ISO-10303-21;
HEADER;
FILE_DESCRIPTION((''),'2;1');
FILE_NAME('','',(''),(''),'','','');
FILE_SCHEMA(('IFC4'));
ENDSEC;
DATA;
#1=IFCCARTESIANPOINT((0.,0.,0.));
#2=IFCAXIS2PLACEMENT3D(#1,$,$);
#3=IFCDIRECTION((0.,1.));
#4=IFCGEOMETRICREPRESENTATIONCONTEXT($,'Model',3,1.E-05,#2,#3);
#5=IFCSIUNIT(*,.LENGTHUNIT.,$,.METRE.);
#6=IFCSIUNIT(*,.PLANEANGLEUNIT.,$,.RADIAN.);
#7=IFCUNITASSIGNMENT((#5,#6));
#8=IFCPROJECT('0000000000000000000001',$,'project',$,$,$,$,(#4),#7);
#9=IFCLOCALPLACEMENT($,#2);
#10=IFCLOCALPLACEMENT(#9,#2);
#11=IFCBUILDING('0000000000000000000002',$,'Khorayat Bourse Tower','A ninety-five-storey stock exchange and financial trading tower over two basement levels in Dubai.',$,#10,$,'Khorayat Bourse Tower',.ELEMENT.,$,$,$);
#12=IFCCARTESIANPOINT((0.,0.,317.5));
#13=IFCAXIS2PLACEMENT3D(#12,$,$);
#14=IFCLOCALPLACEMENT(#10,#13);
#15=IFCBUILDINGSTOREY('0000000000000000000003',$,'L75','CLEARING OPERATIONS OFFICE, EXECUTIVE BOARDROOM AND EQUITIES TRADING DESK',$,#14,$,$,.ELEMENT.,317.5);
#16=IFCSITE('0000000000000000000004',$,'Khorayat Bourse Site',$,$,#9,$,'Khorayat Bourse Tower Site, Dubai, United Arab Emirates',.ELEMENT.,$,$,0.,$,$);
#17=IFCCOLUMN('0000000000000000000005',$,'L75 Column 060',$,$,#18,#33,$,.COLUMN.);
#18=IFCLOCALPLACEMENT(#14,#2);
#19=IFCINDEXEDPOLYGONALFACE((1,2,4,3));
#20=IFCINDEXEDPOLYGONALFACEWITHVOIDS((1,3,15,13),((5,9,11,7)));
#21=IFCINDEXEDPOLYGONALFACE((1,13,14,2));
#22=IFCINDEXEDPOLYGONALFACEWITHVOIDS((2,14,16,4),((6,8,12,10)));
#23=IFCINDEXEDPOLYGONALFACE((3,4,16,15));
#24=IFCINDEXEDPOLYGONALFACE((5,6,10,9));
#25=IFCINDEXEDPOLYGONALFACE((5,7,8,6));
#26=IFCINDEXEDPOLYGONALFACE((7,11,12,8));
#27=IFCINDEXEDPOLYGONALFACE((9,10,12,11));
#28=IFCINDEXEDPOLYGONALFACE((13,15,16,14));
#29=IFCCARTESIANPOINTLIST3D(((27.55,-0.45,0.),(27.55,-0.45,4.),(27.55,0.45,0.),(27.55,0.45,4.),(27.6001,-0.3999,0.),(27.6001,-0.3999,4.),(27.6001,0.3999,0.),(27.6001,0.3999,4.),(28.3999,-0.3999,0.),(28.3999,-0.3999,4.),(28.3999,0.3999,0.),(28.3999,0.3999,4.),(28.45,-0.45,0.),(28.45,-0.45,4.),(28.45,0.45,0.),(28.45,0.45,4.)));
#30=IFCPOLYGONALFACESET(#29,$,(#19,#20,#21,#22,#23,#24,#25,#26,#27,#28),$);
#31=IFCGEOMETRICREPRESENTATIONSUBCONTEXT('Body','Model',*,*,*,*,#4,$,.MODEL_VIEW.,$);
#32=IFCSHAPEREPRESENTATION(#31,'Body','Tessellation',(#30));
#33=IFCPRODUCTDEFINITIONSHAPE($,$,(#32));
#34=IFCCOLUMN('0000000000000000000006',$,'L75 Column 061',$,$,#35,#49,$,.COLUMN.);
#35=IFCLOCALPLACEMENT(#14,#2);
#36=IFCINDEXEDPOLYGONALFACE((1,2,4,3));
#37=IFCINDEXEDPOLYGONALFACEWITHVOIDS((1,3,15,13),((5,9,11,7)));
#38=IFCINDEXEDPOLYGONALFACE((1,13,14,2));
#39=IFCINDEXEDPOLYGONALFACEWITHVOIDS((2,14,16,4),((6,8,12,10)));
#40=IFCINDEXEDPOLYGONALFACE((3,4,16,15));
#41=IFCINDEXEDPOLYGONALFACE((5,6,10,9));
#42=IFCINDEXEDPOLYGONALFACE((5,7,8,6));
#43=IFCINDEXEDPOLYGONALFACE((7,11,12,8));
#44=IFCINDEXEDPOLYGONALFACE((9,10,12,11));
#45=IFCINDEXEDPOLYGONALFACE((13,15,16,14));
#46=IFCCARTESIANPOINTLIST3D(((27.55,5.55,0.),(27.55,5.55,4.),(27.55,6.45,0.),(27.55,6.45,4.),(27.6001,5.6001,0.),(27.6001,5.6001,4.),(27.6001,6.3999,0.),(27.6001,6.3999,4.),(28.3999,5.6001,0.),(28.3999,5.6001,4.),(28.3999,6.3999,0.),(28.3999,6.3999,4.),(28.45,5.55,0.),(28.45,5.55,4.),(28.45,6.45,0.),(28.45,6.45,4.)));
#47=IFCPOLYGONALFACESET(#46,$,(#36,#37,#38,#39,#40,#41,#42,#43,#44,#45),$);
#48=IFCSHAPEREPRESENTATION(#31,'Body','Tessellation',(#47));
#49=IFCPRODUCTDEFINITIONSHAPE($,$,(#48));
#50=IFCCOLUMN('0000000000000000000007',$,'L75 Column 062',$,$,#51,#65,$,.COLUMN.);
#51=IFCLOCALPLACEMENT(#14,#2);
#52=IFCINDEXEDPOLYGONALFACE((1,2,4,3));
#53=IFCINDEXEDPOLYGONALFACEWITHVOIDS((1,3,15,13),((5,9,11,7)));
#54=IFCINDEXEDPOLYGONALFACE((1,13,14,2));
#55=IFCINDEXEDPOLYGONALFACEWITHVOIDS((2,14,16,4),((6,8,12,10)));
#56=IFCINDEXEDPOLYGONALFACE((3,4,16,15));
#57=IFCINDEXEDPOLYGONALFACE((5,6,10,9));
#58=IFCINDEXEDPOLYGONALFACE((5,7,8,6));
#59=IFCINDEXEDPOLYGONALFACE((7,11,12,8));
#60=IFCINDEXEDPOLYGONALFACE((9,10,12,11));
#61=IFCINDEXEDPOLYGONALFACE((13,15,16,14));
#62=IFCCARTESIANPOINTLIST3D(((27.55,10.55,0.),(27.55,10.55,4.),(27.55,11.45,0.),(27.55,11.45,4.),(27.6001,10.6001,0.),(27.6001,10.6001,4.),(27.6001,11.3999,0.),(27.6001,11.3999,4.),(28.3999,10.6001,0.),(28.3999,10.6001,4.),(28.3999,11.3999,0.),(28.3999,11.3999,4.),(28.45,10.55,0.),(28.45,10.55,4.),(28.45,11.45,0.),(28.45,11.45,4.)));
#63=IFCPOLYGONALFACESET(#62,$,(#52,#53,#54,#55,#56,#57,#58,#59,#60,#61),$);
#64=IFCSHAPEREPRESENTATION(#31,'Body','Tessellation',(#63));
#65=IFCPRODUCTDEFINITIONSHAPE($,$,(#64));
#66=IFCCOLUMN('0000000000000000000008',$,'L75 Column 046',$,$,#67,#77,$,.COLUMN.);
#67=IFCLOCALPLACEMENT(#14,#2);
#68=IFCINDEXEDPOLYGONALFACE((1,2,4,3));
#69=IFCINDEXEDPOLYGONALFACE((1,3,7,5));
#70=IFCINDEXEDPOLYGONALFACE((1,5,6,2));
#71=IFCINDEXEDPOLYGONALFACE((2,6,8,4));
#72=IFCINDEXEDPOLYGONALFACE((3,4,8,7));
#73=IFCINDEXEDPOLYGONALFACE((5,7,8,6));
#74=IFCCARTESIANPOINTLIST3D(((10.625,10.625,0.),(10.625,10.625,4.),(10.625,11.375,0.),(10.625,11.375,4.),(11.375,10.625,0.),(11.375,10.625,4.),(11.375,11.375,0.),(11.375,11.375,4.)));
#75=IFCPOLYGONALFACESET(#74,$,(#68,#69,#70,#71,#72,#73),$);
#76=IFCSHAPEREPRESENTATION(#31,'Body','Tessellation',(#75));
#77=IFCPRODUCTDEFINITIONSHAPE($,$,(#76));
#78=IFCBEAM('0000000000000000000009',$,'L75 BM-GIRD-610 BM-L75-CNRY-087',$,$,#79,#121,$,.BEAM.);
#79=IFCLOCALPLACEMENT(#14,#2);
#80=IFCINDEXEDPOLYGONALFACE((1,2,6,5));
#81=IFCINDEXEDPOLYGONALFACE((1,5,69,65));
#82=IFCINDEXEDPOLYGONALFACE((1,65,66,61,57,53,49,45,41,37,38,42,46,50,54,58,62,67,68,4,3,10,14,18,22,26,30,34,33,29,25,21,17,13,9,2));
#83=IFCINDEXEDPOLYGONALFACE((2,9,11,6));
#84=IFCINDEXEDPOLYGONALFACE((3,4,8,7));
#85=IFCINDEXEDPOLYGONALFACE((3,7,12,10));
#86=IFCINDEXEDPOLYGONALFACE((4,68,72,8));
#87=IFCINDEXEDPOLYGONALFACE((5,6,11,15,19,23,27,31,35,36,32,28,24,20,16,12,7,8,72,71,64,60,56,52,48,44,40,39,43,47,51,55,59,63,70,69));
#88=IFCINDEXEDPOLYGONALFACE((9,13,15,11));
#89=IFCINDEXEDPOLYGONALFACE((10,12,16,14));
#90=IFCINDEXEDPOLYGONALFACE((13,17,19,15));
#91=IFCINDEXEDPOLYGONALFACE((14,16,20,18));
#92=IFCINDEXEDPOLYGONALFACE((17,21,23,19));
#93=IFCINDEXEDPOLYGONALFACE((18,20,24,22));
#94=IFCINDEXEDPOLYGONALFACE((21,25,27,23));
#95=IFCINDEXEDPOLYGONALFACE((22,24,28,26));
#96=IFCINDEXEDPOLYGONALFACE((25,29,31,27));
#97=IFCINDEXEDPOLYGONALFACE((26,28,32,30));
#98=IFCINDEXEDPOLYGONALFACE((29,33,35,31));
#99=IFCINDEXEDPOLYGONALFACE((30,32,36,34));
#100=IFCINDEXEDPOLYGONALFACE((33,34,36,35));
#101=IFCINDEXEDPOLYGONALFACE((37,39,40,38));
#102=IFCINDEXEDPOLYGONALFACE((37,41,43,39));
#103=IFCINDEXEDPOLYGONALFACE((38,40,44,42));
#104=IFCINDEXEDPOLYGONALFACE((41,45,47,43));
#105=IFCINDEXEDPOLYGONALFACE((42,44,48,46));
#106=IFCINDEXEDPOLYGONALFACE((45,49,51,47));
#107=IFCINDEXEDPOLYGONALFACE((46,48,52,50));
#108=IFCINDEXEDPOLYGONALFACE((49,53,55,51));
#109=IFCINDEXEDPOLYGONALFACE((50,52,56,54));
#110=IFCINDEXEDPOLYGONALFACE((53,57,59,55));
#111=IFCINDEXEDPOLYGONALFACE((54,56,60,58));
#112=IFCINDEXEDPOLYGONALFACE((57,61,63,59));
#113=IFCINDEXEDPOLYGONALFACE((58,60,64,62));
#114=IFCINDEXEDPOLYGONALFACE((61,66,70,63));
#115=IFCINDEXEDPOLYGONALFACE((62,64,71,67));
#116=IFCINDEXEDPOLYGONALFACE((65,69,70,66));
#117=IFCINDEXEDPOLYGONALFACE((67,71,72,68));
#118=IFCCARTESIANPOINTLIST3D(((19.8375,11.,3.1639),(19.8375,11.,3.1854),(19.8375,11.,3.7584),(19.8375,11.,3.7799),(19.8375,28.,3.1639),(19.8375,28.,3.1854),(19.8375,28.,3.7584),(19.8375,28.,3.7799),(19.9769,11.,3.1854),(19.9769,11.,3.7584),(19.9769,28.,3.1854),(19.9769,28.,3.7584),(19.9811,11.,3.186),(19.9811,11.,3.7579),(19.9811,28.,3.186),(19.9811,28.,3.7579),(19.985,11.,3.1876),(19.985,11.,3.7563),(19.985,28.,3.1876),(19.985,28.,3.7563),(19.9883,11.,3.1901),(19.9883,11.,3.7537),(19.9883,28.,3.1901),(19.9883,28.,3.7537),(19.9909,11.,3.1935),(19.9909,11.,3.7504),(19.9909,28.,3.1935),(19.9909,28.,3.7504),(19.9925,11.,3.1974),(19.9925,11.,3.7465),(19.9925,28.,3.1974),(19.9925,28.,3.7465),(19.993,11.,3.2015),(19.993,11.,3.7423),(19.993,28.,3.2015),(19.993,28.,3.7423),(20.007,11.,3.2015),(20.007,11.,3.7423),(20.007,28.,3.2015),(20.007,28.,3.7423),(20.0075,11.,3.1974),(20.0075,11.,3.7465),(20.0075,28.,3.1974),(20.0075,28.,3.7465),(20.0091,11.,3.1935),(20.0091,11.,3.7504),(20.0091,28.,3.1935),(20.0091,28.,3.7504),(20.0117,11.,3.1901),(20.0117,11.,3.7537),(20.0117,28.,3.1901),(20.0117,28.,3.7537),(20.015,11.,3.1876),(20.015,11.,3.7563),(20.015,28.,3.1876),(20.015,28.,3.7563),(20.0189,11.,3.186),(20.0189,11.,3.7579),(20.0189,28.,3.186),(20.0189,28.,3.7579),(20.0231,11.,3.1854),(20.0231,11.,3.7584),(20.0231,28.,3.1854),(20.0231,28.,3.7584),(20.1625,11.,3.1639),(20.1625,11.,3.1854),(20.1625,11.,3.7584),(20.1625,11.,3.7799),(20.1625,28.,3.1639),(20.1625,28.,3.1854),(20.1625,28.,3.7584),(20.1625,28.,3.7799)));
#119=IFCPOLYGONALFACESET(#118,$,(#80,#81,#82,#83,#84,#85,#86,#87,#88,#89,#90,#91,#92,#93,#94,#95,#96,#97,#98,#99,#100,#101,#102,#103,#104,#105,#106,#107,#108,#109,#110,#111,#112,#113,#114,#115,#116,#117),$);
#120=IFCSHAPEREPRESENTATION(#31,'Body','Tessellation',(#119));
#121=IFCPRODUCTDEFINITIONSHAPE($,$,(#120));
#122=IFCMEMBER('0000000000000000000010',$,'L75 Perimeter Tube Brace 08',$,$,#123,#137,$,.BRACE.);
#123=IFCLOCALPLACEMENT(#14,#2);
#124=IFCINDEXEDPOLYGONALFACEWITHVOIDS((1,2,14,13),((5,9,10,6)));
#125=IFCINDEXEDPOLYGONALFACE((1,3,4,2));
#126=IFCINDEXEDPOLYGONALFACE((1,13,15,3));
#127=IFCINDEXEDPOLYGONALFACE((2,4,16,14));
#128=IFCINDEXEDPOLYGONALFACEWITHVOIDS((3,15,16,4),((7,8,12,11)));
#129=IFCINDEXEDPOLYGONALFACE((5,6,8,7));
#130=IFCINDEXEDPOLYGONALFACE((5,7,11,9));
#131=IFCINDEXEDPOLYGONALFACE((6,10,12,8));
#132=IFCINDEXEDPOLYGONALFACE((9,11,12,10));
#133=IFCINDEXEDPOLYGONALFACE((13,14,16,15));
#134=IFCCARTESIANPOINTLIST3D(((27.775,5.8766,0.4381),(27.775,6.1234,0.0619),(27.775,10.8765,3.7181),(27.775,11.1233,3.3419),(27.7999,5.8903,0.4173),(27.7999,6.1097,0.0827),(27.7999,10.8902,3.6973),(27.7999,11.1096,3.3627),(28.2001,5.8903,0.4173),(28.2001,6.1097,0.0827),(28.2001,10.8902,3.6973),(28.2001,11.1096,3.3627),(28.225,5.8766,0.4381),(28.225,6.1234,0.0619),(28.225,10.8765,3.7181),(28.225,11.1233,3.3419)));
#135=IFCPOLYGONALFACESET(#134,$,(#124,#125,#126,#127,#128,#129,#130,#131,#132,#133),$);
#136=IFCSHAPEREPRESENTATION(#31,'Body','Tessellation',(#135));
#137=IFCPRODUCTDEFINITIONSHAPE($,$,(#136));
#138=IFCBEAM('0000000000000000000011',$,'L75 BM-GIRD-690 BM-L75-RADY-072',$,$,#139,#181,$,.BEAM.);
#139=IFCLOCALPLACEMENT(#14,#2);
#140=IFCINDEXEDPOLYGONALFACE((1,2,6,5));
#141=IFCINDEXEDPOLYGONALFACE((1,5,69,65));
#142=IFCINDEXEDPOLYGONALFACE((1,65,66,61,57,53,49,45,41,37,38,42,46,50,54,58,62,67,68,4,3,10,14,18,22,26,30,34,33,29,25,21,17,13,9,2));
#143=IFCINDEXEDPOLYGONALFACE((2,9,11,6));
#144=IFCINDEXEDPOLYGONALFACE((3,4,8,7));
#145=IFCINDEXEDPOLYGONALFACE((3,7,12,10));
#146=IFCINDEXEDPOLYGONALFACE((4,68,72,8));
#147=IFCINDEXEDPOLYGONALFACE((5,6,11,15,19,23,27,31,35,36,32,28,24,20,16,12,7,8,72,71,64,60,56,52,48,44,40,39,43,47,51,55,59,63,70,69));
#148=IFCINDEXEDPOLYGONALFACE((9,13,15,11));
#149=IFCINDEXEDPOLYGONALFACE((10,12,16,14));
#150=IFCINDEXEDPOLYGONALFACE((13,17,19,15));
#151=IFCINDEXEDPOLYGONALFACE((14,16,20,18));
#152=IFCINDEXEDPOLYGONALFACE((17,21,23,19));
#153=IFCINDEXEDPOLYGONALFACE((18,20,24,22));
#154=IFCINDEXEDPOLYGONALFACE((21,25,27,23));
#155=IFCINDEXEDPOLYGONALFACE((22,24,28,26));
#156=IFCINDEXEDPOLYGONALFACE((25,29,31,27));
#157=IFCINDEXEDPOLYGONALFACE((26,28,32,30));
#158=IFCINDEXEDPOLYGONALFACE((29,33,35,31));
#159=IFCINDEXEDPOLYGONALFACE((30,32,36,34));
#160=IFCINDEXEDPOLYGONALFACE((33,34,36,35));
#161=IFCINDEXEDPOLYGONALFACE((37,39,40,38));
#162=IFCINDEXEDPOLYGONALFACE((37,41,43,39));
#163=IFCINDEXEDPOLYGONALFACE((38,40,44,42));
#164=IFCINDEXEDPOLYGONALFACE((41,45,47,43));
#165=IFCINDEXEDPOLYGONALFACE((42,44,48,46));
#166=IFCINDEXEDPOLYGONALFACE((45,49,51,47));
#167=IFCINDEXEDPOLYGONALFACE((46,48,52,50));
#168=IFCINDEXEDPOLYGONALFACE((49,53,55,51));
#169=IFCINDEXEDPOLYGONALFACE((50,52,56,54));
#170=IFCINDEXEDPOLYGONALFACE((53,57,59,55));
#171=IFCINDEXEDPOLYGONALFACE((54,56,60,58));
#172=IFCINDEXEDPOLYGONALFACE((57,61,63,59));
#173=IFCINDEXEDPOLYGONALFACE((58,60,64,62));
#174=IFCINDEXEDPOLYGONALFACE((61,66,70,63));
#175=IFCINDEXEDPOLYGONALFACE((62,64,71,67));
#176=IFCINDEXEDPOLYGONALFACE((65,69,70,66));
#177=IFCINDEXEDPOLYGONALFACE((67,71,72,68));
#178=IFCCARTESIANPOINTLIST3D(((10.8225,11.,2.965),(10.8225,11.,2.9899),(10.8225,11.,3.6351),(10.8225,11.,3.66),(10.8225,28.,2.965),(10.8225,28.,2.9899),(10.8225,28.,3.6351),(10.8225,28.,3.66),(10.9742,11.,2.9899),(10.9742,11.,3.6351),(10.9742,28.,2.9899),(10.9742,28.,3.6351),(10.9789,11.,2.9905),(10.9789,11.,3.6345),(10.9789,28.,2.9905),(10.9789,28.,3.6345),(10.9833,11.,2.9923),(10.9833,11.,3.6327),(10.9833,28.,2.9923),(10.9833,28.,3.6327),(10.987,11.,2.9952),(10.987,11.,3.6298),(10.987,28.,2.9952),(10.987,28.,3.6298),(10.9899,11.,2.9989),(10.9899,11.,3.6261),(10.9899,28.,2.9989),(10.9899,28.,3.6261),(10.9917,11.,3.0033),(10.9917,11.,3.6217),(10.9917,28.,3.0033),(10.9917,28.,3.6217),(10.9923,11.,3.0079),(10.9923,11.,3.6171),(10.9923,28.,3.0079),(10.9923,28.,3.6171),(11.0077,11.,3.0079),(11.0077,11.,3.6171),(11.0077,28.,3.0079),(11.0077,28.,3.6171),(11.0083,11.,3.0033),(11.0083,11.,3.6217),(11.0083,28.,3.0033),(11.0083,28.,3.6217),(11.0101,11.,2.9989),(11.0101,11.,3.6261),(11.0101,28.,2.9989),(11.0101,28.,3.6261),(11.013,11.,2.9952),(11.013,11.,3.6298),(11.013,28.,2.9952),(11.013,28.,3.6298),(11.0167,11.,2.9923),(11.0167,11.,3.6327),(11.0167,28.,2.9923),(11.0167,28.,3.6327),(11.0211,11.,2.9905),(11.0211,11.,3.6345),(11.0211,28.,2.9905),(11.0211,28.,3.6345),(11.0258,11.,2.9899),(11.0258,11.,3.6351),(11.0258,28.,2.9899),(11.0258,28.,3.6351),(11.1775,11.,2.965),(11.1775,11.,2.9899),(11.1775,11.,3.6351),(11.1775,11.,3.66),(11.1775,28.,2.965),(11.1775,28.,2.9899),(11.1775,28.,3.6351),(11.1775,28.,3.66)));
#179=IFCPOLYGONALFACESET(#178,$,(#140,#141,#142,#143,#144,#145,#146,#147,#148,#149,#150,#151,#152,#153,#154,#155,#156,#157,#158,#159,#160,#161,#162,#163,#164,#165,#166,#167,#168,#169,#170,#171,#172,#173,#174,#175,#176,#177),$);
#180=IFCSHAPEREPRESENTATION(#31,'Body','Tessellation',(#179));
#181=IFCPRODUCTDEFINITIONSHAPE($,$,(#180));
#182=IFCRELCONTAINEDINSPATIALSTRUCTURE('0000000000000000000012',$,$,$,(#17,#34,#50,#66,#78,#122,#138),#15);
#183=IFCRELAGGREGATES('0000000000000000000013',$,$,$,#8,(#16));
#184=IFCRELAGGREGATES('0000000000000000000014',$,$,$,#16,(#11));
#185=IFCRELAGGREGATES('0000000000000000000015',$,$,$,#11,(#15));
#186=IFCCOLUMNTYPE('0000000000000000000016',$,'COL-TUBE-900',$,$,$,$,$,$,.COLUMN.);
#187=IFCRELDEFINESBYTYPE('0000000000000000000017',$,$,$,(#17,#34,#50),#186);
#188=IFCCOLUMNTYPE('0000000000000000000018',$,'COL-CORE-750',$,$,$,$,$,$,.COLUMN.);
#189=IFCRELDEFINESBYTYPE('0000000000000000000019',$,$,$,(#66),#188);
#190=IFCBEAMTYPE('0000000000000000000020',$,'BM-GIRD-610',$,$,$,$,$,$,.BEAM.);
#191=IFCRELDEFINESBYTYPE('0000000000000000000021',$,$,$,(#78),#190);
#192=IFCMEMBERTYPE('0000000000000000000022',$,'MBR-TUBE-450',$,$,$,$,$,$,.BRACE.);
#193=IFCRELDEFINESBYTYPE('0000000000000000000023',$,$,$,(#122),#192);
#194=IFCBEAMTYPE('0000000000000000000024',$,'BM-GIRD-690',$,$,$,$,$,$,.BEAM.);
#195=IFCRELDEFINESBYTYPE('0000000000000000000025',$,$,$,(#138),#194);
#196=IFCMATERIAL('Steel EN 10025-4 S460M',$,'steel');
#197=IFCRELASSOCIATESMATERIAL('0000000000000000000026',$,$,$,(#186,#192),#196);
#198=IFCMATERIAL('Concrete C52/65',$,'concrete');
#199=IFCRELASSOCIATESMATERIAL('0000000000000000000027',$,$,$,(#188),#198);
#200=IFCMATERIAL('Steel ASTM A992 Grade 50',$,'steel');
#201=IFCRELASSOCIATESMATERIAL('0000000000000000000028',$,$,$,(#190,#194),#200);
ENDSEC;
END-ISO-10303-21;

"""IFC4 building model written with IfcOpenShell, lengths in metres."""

from ifc_helpers import new_model, si_unit, direction, frame, origin, origin_2d, place, context, subcontext, project, spatial, rectangle, hollow_rectangle, i_section, extrude, source, transform, mapped, material, material_profile, profile_set, type_object, element, save


model = new_model("IFC4")

# Units and contexts
model_context = context("Model", 3, precision=1e-05, world=origin(), true_north=direction((0.0, 1.0)))
body_context = subcontext(model_context, "Body", "Model", "MODEL_VIEW")
ifc_project = project(units=[si_unit("LENGTHUNIT", "METRE"), si_unit("PLANEANGLEUNIT", "RADIAN")], contexts=[model_context])

# Site, building, storey
site_placement = place(None, origin())
site = spatial("IfcSite", under=ifc_project, at=site_placement, Name="Khorayat Bourse Site", LongName="Khorayat Bourse Tower Site, Dubai, United Arab Emirates", CompositionType="ELEMENT", RefElevation=0.0)
building_placement = place(site_placement, origin())
building = spatial("IfcBuilding", under=site, at=building_placement, Name="Khorayat Bourse Tower", Description="A ninety-five-storey stock exchange and financial trading tower over two basement levels in Dubai.", LongName="Khorayat Bourse Tower", CompositionType="ELEMENT")
storey_placement = place(building_placement, frame((0.0, 0.0, 317.5)))
storey = spatial("IfcBuildingStorey", under=building, at=storey_placement, Name="L75", Description="CLEARING OPERATIONS OFFICE, EXECUTIVE BOARDROOM AND EQUITIES TRADING DESK", CompositionType="ELEMENT", Elevation=317.5)

# Columns
ifc_material_1 = material(Name="Steel EN 10025-4 S460M", Category="steel")
ifc_material_profile_1 = material_profile(ifc_material_1, hollow_rectangle(XDim=0.8999, YDim=0.8999, WallThickness=0.05, at=origin_2d()), Name="BOX 900x900x50")
ifc_profile_set_1 = profile_set([ifc_material_profile_1], Name="Steel EN 10025-4 S460M")
column_type_1 = type_object("IfcColumnType", Name="COL-TUBE-900", PredefinedType="COLUMN", material=ifc_profile_set_1)
shared_shape_1 = source(origin(), body_context, "Body", "SweptSolid", [
    extrude(hollow_rectangle(XDim=0.8999, YDim=0.8999, WallThickness=0.05, at=origin_2d()), origin(), (0.0, 0.0, 1.0), 4.0),
])
for number, where, z_axis, x_axis, name in (
    (1, (28.0, 0.0, 0.0), (0.0, 0.0, 1.0), (1.0, 0.0, 0.0), "L75 Column 060"),
    (2, (28.0, 6.0, 0.0), (0.0, 0.0, 1.0), (1.0, 0.0, 0.0), "L75 Column 061"),
    (3, (28.0, 11.0, 0.0), (0.0, 0.0, 1.0), (1.0, 0.0, 0.0), "L75 Column 062"),
):
    element("IfcColumn", number, at=place(storey_placement, frame(where, z_axis=z_axis, x_axis=x_axis)), inside=storey, type_object=column_type_1, Name=name, PredefinedType="COLUMN", context=body_context, shape_type="MappedRepresentation", body=[
        mapped(shared_shape_1, transform((0.0, 0.0, 0.0), scale=1.0)),
    ])
ifc_material_2 = material(Name="Concrete C52/65", Category="concrete")
ifc_material_profile_2 = material_profile(ifc_material_2, rectangle(XDim=0.75, YDim=0.75, at=origin_2d()), Name="RC 750x750")
ifc_profile_set_2 = profile_set([ifc_material_profile_2], Name="Concrete C52/65")
column_type_2 = type_object("IfcColumnType", Name="COL-CORE-750", PredefinedType="COLUMN", material=ifc_profile_set_2)
shared_shape_2 = source(origin(), body_context, "Body", "SweptSolid", [
    extrude(rectangle(XDim=0.75, YDim=0.75, at=origin_2d()), origin(), (0.0, 0.0, 1.0), 4.0),
])
column_placement = place(storey_placement, frame((11.0, 11.0, 0.0), z_axis=(0.0, 0.0, 1.0), x_axis=(1.0, 0.0, 0.0)))
element("IfcColumn", 4, at=column_placement, inside=storey, type_object=column_type_2, Name="L75 Column 046", PredefinedType="COLUMN", context=body_context, shape_type="MappedRepresentation", body=[
    mapped(shared_shape_2, transform((0.0, 0.0, 0.0), scale=1.0)),
])

# Beam
ifc_material_3 = material(Name="Steel ASTM A992 Grade 50", Category="steel")
ifc_material_profile_3 = material_profile(ifc_material_3, i_section(OverallWidth=0.325, OverallDepth=0.616, WebThickness=0.0139, FlangeThickness=0.0215, FilletRadius=0.0161, at=origin_2d()), Name="W610X174")
ifc_profile_set_3 = profile_set([ifc_material_profile_3], Name="Steel ASTM A992 Grade 50")
beam_type_1 = type_object("IfcBeamType", Name="BM-GIRD-610", PredefinedType="BEAM", material=ifc_profile_set_3)
shared_shape_3 = source(origin(), body_context, "Body", "SweptSolid", [
    extrude(i_section(OverallWidth=0.325, OverallDepth=0.616, WebThickness=0.0139, FlangeThickness=0.0215, FilletRadius=0.0161, at=origin_2d()), origin(), (0.0, 0.0, 1.0), 17.0),
])
beam_1_placement = place(storey_placement, frame((20.0, 11.0, 3.4719), z_axis=(0.0, 1.0, 0.0), x_axis=(-1.0, 0.0, 0.0)))
element("IfcBeam", 5, at=beam_1_placement, inside=storey, type_object=beam_type_1, Name="L75 BM-GIRD-610 BM-L75-CNRY-087", PredefinedType="BEAM", context=body_context, shape_type="MappedRepresentation", body=[
    mapped(shared_shape_3, transform((0.0, 0.0, 0.0), scale=1.0)),
])

# Member
ifc_material_profile_4 = material_profile(ifc_material_1, hollow_rectangle(XDim=0.45, YDim=0.45, WallThickness=0.0249, at=origin_2d()), Name="HSS 450x450x25")
ifc_profile_set_4 = profile_set([ifc_material_profile_4], Name="Steel EN 10025-4 S460M")
member_type_1 = type_object("IfcMemberType", Name="MBR-TUBE-450", PredefinedType="BRACE", material=ifc_profile_set_4)
shared_shape_4 = source(origin(), body_context, "Body", "SweptSolid", [
    extrude(hollow_rectangle(XDim=0.45, YDim=0.45, WallThickness=0.0249, at=origin_2d()), origin(), (0.0, 0.0, 1.0), 5.9797),
])
member_1_placement = place(storey_placement, frame((28.0, 6.0, 0.25), z_axis=(0.0, 0.836142, 0.548514), x_axis=(-1.0, 0.0, 0.0)))
element("IfcMember", 6, at=member_1_placement, inside=storey, type_object=member_type_1, Name="L75 Perimeter Tube Brace 08", PredefinedType="BRACE", context=body_context, shape_type="MappedRepresentation", body=[
    mapped(shared_shape_4, transform((0.0, 0.0, 0.0), scale=1.0)),
])

# Beam
ifc_material_profile_5 = material_profile(ifc_material_3, i_section(OverallWidth=0.355, OverallDepth=0.6951, WebThickness=0.0154, FlangeThickness=0.0249, FilletRadius=0.0181, at=origin_2d()), Name="W690X217")
ifc_profile_set_5 = profile_set([ifc_material_profile_5], Name="Steel ASTM A992 Grade 50")
beam_type_2 = type_object("IfcBeamType", Name="BM-GIRD-690", PredefinedType="BEAM", material=ifc_profile_set_5)
shared_shape_5 = source(origin(), body_context, "Body", "SweptSolid", [
    extrude(i_section(OverallWidth=0.355, OverallDepth=0.6951, WebThickness=0.0154, FlangeThickness=0.0249, FilletRadius=0.0181, at=origin_2d()), origin(), (0.0, 0.0, 1.0), 17.0),
])
for number, where, z_axis, x_axis, name in (
    (7, (11.0, 11.0, 3.3125), (0.0, 1.0, 0.0), (-1.0, 0.0, 0.0), "L75 BM-GIRD-690 BM-L75-RADY-072"),
):
    element("IfcBeam", number, at=place(storey_placement, frame(where, z_axis=z_axis, x_axis=x_axis)), inside=storey, type_object=beam_type_2, Name=name, PredefinedType="BEAM", context=body_context, shape_type="MappedRepresentation", body=[
        mapped(shared_shape_5, transform((0.0, 0.0, 0.0), scale=1.0)),
    ])

save(model, "model.ifc")
